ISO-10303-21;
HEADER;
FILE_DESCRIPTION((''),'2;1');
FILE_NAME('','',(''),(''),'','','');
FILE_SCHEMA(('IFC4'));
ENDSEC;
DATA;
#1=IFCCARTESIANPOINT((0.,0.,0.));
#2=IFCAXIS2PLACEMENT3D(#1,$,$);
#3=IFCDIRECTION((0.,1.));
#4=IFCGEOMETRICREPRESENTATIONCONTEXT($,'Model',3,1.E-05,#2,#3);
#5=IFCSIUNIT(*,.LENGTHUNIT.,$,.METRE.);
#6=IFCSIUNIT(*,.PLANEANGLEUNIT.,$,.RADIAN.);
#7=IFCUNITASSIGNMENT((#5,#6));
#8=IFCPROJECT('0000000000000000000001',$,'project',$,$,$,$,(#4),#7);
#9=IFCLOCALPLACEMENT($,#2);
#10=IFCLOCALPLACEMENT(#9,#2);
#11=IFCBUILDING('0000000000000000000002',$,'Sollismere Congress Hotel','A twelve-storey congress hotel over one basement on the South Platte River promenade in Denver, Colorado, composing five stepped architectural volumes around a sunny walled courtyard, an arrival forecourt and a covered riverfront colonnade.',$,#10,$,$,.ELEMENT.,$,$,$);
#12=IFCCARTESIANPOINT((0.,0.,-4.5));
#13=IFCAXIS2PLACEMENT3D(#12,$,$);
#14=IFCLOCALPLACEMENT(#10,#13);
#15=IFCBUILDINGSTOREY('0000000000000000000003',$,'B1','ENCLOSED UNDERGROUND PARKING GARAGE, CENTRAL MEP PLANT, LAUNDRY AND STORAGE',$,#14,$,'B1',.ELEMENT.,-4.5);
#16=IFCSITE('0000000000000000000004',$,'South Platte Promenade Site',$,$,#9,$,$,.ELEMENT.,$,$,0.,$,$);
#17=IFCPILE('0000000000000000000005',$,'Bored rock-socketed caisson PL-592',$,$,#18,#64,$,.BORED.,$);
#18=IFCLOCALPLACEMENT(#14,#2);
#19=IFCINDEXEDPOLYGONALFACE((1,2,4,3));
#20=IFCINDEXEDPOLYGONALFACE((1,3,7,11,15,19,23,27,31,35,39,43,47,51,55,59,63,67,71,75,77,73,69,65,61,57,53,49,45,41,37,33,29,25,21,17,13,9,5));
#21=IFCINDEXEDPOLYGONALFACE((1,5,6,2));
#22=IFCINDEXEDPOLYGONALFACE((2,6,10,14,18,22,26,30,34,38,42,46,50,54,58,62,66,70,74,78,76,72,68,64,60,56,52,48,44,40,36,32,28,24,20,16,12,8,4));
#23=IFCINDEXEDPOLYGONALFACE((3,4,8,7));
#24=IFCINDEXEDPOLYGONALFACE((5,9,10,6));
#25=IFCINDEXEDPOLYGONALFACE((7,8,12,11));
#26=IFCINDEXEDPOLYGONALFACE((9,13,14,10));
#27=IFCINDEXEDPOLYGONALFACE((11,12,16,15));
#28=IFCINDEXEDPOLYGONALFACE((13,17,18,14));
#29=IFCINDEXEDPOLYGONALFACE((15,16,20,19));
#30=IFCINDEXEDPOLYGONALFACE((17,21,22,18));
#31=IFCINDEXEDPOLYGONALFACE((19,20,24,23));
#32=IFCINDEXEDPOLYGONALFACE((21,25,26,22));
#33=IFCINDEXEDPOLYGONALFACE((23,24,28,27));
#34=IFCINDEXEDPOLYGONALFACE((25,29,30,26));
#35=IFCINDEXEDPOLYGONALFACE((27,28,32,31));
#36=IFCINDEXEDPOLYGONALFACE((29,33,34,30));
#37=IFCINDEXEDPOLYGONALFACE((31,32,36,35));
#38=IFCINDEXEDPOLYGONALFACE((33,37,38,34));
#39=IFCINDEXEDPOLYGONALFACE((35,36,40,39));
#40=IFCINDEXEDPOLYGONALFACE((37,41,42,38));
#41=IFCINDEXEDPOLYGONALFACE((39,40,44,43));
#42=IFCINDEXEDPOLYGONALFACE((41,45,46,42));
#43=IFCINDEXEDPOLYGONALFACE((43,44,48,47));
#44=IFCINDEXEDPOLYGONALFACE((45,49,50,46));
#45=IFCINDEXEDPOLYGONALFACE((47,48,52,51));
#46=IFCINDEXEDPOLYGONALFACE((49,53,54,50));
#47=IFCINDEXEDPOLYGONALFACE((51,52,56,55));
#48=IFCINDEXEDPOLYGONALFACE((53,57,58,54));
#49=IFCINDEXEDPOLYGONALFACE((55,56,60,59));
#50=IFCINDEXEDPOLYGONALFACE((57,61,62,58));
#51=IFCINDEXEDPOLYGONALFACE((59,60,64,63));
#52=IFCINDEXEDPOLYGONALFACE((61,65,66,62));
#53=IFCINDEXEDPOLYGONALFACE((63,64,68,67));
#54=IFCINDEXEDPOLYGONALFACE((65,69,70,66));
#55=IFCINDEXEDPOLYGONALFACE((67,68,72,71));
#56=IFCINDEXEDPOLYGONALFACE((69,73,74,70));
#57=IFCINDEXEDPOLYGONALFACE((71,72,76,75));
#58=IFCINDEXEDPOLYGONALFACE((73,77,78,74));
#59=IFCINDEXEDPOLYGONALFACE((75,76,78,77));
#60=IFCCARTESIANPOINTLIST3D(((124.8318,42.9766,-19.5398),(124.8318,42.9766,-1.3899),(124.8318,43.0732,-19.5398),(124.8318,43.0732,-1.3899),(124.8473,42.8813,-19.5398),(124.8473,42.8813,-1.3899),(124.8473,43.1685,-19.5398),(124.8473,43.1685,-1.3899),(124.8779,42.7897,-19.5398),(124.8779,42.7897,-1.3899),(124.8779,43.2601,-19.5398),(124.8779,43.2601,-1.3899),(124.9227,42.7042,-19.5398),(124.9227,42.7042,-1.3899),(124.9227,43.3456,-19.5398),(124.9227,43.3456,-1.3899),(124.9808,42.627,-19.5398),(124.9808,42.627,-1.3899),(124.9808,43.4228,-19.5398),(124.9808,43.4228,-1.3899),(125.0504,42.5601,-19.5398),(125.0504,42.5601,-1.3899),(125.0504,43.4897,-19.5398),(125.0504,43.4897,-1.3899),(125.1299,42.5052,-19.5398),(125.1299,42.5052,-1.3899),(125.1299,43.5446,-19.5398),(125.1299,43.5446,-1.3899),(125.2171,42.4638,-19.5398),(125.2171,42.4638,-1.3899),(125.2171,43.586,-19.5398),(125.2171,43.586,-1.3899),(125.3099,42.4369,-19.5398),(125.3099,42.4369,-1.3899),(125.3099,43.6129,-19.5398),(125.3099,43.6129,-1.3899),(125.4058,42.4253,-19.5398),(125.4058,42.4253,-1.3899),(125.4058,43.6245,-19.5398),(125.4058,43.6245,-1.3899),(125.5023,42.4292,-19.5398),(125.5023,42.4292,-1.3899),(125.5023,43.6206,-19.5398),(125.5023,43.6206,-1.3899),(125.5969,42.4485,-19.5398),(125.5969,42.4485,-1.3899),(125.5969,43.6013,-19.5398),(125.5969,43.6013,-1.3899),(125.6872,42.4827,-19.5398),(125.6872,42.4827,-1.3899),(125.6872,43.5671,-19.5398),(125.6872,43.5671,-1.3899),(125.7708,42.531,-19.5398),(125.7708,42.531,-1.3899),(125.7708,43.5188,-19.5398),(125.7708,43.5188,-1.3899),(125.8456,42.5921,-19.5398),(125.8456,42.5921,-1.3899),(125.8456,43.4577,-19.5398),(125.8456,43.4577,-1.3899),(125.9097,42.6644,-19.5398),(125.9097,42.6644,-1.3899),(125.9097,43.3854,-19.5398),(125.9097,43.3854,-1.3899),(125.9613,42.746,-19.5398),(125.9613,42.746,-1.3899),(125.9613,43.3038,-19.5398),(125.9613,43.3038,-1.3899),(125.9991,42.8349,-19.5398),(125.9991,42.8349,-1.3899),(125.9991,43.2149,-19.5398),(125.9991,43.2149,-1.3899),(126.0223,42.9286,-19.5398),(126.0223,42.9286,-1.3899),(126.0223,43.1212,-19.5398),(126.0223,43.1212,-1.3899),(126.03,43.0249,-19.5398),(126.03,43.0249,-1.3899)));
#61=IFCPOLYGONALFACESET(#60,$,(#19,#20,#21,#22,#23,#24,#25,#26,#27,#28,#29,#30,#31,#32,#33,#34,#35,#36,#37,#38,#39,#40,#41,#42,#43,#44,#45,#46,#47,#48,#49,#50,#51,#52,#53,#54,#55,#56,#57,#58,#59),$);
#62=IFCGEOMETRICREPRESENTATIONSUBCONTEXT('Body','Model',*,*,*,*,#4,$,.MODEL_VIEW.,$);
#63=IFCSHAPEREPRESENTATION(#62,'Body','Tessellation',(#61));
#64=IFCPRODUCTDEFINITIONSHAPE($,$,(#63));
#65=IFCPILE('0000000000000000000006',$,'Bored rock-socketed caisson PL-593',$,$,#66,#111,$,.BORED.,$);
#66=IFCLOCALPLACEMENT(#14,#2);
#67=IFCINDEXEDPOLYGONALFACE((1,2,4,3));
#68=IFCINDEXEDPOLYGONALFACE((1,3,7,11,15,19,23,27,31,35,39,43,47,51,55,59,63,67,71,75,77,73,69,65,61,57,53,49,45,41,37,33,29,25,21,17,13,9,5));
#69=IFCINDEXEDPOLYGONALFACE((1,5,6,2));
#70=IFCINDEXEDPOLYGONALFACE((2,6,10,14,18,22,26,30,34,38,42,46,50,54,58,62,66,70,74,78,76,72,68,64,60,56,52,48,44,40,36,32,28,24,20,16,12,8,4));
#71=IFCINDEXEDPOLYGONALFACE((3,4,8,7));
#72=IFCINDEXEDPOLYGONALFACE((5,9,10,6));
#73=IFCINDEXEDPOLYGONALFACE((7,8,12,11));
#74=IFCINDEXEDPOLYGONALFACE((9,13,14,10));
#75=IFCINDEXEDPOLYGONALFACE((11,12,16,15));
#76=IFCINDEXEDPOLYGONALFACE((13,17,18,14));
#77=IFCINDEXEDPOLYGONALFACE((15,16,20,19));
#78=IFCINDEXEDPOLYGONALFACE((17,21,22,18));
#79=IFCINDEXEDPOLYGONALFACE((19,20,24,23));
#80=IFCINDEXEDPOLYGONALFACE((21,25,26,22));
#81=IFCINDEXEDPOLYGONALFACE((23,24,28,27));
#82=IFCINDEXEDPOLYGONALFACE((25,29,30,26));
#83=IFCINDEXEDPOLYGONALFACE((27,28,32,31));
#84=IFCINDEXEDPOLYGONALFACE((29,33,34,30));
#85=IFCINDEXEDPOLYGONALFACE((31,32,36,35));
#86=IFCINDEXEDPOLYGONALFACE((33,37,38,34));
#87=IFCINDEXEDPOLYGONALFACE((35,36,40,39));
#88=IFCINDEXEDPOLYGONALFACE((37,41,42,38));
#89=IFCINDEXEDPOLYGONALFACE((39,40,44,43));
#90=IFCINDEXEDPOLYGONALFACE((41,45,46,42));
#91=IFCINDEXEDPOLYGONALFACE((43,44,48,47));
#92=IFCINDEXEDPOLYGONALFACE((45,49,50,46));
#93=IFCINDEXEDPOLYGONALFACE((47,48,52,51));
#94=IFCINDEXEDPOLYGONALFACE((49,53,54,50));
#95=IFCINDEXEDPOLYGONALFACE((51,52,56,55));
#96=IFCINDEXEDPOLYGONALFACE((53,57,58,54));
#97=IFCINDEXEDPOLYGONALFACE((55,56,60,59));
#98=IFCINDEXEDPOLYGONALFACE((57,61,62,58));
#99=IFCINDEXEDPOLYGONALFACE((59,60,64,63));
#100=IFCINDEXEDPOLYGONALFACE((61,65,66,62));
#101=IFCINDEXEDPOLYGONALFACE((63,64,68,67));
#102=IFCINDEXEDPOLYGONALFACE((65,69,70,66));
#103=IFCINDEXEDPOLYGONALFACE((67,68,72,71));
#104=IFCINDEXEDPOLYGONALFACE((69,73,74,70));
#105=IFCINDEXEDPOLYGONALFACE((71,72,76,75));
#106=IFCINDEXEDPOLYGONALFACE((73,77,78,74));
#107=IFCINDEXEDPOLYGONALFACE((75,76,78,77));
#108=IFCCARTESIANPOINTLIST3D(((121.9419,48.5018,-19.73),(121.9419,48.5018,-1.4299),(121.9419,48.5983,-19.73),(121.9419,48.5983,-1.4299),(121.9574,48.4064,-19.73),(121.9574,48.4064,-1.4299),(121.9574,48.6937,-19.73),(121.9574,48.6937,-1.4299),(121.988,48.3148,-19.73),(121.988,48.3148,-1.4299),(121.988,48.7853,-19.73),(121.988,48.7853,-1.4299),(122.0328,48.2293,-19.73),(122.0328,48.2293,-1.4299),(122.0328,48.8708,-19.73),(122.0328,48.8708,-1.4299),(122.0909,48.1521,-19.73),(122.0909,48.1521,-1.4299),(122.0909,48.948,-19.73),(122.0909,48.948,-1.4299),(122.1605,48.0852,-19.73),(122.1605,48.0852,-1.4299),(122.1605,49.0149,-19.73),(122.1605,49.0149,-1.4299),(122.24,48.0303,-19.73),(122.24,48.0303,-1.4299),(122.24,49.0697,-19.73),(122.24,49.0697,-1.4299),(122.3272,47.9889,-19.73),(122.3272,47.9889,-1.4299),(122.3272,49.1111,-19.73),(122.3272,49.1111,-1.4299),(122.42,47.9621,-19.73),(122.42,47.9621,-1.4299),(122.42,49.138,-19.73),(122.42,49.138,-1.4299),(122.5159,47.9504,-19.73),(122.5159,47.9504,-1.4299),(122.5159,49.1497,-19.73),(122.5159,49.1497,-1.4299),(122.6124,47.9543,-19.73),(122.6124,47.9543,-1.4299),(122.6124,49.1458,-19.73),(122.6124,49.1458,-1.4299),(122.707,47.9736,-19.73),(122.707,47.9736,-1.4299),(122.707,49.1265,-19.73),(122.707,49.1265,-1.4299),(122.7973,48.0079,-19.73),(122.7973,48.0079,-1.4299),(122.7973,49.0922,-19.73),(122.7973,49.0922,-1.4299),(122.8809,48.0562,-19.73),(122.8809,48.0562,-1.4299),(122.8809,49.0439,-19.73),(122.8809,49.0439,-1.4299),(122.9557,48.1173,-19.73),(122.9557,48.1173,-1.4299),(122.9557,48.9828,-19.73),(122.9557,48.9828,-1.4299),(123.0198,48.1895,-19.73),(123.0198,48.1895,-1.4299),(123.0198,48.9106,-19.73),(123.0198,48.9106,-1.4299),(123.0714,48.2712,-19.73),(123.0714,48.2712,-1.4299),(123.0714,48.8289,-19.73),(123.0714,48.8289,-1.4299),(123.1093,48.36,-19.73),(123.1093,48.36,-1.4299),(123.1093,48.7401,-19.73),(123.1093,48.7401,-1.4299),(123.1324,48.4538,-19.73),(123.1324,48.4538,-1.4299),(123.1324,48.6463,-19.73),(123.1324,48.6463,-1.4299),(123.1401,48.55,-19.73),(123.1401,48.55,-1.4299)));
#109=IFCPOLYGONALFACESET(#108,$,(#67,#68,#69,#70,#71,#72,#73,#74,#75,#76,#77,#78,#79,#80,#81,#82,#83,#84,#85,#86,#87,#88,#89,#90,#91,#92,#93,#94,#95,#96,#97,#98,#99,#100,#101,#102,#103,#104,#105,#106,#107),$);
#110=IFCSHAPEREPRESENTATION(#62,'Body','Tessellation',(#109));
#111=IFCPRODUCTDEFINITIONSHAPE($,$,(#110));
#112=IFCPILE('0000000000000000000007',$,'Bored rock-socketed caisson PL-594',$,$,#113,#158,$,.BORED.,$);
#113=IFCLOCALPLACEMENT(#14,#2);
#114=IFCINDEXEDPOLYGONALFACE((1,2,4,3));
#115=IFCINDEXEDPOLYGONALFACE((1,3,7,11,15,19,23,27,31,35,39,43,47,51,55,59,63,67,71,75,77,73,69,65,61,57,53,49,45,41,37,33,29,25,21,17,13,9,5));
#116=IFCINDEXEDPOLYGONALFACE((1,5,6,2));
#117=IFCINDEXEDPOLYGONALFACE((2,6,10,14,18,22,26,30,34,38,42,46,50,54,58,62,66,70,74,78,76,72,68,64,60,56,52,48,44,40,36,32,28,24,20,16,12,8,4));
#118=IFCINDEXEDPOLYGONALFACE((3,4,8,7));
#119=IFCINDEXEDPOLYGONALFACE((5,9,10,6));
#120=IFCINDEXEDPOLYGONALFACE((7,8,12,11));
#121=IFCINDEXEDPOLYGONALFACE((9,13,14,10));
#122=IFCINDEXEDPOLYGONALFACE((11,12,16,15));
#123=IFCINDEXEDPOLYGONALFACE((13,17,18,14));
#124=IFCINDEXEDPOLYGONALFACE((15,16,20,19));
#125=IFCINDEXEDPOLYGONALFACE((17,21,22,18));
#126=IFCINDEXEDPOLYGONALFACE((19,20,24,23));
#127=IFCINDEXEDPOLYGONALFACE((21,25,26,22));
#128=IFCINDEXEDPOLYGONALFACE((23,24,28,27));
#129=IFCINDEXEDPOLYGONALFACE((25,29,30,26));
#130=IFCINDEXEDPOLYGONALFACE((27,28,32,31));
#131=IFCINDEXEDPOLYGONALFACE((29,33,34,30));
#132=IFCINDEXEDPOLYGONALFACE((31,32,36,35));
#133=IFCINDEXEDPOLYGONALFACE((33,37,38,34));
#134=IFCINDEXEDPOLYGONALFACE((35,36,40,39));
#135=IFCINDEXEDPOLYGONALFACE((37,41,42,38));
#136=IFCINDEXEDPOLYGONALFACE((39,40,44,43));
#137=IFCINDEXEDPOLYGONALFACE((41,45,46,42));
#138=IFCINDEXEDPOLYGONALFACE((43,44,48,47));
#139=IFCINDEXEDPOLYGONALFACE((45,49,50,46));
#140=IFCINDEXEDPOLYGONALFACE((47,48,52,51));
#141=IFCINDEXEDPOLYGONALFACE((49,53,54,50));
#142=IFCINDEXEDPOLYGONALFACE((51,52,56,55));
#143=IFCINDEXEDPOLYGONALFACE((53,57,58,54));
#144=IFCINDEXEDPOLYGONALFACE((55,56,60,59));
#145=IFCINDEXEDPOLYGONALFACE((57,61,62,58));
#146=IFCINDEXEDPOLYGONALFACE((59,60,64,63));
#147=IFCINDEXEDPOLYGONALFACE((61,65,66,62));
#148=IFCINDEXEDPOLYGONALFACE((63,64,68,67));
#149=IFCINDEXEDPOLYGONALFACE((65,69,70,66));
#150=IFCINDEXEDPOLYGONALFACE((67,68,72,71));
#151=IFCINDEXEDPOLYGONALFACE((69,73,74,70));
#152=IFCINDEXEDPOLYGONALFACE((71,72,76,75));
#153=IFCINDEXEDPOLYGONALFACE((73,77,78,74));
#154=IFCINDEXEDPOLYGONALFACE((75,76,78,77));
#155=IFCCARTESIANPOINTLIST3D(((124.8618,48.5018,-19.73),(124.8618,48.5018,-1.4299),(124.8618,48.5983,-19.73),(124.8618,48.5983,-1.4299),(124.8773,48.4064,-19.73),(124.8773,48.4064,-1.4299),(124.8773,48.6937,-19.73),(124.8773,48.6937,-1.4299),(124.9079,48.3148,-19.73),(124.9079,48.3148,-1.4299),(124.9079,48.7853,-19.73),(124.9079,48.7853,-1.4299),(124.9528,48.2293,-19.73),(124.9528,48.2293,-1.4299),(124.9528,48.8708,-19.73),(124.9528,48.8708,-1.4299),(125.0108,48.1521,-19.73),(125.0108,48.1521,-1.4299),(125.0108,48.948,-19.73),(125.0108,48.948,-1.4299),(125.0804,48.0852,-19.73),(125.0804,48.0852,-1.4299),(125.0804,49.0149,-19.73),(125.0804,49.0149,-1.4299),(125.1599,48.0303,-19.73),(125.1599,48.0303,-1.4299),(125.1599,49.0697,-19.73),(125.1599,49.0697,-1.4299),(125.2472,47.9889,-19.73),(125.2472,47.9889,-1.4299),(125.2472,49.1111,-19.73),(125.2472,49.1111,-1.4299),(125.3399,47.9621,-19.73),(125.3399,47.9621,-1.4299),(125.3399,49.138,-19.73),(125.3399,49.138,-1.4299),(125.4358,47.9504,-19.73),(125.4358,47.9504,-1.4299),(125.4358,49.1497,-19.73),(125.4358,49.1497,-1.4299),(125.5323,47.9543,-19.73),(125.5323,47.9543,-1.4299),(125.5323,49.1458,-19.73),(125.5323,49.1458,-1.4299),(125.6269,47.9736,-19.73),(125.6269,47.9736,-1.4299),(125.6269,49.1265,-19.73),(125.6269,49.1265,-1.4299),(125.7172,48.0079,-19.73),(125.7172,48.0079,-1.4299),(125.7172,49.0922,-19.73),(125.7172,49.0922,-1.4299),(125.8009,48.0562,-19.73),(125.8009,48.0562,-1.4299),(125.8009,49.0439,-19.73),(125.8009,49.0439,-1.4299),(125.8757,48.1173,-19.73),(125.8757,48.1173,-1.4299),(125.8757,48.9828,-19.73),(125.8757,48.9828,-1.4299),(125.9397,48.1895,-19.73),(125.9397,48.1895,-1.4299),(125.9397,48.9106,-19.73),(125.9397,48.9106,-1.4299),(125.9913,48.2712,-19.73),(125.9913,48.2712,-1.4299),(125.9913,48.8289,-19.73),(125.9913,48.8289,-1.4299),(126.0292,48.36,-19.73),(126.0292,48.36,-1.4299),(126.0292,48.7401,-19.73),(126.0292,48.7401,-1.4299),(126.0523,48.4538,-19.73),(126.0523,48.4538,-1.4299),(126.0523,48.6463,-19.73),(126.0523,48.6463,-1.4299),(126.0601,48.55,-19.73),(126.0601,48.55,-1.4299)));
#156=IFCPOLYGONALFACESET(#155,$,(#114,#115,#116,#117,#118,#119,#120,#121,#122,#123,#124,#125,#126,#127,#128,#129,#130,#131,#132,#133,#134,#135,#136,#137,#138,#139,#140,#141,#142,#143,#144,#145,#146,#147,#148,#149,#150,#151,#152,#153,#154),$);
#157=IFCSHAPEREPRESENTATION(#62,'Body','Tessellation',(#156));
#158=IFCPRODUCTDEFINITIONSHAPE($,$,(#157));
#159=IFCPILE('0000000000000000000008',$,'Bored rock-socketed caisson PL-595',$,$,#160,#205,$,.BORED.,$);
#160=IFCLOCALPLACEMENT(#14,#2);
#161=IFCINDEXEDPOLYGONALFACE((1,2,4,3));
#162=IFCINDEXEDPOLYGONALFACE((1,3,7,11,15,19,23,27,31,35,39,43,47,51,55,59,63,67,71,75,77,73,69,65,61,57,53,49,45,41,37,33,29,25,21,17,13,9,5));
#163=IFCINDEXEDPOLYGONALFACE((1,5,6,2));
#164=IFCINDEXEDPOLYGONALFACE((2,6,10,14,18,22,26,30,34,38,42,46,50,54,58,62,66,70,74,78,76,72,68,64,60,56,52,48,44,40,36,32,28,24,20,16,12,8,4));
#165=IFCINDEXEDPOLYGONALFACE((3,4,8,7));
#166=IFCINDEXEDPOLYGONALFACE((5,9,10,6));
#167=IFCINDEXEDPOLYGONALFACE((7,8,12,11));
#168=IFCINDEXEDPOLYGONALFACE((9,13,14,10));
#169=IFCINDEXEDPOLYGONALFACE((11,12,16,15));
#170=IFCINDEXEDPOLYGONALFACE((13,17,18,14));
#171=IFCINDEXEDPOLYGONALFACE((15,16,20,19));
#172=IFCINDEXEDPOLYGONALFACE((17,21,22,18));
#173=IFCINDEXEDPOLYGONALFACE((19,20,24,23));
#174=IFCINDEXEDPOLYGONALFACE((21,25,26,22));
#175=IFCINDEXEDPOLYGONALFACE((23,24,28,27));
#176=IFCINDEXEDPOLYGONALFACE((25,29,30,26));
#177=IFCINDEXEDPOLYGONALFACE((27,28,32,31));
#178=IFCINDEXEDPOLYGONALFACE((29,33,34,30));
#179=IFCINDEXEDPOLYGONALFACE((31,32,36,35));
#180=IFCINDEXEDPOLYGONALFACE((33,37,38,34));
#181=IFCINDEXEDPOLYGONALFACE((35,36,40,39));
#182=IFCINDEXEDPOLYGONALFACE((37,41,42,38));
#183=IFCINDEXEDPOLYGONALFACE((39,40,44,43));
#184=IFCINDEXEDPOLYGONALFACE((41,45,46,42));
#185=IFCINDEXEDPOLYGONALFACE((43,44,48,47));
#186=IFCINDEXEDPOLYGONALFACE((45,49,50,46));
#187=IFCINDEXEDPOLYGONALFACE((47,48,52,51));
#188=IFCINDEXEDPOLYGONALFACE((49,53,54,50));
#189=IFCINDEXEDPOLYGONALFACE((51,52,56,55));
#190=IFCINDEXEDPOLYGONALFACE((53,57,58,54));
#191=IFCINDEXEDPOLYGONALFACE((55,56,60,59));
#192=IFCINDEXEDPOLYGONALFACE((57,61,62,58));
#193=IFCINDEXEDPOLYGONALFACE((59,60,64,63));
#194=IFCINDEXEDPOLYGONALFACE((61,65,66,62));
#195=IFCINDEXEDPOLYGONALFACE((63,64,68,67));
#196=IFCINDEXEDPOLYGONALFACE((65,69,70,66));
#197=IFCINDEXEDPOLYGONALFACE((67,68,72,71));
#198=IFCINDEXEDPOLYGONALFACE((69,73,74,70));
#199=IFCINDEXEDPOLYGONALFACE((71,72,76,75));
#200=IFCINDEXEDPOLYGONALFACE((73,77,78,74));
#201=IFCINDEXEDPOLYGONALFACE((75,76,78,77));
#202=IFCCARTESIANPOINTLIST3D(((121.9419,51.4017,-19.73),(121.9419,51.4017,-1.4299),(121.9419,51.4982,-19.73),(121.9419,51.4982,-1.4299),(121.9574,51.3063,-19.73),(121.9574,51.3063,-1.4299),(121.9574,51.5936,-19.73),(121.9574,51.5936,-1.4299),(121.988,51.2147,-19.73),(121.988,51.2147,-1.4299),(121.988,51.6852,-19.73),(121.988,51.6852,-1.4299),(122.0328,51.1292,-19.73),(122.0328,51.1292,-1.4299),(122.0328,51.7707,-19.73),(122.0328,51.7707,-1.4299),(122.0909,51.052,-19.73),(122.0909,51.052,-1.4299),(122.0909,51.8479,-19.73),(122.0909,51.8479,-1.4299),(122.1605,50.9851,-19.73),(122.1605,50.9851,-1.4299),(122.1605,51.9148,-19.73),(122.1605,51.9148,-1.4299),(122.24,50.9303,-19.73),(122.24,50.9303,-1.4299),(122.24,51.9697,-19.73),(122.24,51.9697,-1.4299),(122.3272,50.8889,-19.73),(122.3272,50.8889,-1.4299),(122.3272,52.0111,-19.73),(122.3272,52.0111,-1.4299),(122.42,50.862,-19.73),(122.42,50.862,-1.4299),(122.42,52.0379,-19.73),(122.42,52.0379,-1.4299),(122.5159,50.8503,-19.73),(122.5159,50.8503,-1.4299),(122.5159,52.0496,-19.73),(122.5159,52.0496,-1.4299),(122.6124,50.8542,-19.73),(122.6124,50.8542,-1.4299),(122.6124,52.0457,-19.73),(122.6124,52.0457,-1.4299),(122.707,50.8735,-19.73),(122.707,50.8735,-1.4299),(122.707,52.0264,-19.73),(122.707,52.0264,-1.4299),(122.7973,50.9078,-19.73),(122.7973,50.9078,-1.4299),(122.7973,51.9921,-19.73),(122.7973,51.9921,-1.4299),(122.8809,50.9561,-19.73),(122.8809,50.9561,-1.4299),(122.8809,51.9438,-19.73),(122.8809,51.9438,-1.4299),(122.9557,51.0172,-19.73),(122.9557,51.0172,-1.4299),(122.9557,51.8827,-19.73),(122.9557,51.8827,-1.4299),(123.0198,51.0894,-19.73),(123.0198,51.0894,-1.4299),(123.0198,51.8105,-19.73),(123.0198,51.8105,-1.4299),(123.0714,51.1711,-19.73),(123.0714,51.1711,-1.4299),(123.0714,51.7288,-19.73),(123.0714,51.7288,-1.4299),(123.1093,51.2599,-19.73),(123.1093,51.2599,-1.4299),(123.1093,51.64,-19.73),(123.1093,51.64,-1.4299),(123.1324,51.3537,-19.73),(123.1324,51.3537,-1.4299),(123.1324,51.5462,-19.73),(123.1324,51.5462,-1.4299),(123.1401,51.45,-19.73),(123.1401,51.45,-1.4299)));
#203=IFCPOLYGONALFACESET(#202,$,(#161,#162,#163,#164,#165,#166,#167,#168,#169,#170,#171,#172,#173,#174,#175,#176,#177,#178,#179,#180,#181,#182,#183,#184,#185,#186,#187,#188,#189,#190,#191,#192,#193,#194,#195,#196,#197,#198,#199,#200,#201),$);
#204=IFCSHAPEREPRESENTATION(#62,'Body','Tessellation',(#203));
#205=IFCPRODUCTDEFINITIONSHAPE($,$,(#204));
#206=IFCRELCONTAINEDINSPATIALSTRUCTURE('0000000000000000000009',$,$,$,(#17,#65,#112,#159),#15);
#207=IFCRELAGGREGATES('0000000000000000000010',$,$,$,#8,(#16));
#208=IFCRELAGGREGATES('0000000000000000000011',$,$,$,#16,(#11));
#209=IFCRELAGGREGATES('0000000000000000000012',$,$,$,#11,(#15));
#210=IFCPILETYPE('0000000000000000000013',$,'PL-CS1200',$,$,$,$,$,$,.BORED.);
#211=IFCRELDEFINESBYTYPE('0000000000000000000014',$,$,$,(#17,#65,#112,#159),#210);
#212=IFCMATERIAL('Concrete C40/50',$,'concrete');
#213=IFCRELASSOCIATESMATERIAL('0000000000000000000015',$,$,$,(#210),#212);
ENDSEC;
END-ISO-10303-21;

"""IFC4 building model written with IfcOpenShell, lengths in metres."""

from ifc_helpers import new_model, si_unit, direction, frame, origin, origin_2d, place, context, subcontext, project, spatial, circle, extrude, material, material_profile, profile_set, type_object, element, save


model = new_model("IFC4")

# Units and contexts
model_context = context("Model", 3, precision=1e-05, world=origin(), true_north=direction((0.0, 1.0)))
body_context = subcontext(model_context, "Body", "Model", "MODEL_VIEW")
ifc_project = project(units=[si_unit("LENGTHUNIT", "METRE"), si_unit("PLANEANGLEUNIT", "RADIAN")], contexts=[model_context])

# Site, building, storey
site_placement = place(None, origin())
site = spatial("IfcSite", under=ifc_project, at=site_placement, Name="South Platte Promenade Site", CompositionType="ELEMENT", RefElevation=0.0)
building_placement = place(site_placement, origin())
building = spatial("IfcBuilding", under=site, at=building_placement, Name="Sollismere Congress Hotel", Description="A twelve-storey congress hotel over one basement on the South Platte River promenade in Denver, Colorado, composing five stepped architectural volumes around a sunny walled courtyard, an arrival forecourt and a covered riverfront colonnade.", CompositionType="ELEMENT")
storey_placement = place(building_placement, frame((0.0, 0.0, -4.5)))
storey = spatial("IfcBuildingStorey", under=building, at=storey_placement, Name="B1", Description="ENCLOSED UNDERGROUND PARKING GARAGE, CENTRAL MEP PLANT, LAUNDRY AND STORAGE", LongName="B1", CompositionType="ELEMENT", Elevation=-4.5)

# Shared definitions
ifc_material_1 = material(Name="Concrete C40/50", Category="concrete")

# Piles
ifc_material_profile_1 = material_profile(ifc_material_1, circle(Radius=0.6001, at=origin_2d()), Name="CAISSON1200")
ifc_profile_set_1 = profile_set([ifc_material_profile_1], Name="Concrete C40/50")
pile_type = type_object("IfcPileType", Name="PL-CS1200", PredefinedType="BORED", material=ifc_profile_set_1)
for number, where, z_axis, x_axis, name in (
    (1, (125.4299, 43.0249, -1.3899), (0.0, 0.0, -1.0), (1.0, 0.0, 0.0), "Bored rock-socketed caisson PL-592"),
):
    element("IfcPile", number, at=place(storey_placement, frame(where, z_axis=z_axis, x_axis=x_axis)), inside=storey, type_object=pile_type, Name=name, PredefinedType="BORED", context=body_context, shape_type="SweptSolid", body=[
        extrude(circle(Radius=0.6001, at=origin_2d()), origin(), (0.0, 0.0, 1.0), 18.1499),
    ])
for number, where, z_axis, x_axis, name in (
    (2, (122.54, 48.55, -1.4299), (0.0, 0.0, -1.0), (1.0, 0.0, 0.0), "Bored rock-socketed caisson PL-593"),
    (3, (125.46, 48.55, -1.4299), (0.0, 0.0, -1.0), (1.0, 0.0, 0.0), "Bored rock-socketed caisson PL-594"),
    (4, (122.54, 51.45, -1.4299), (0.0, 0.0, -1.0), (1.0, 0.0, 0.0), "Bored rock-socketed caisson PL-595"),
):
    element("IfcPile", number, at=place(storey_placement, frame(where, z_axis=z_axis, x_axis=x_axis)), inside=storey, type_object=pile_type, Name=name, PredefinedType="BORED", context=body_context, shape_type="SweptSolid", body=[
        extrude(circle(Radius=0.6001, at=origin_2d()), origin(), (0.0, 0.0, 1.0), 18.3),
    ])

save(model, "model.ifc")
